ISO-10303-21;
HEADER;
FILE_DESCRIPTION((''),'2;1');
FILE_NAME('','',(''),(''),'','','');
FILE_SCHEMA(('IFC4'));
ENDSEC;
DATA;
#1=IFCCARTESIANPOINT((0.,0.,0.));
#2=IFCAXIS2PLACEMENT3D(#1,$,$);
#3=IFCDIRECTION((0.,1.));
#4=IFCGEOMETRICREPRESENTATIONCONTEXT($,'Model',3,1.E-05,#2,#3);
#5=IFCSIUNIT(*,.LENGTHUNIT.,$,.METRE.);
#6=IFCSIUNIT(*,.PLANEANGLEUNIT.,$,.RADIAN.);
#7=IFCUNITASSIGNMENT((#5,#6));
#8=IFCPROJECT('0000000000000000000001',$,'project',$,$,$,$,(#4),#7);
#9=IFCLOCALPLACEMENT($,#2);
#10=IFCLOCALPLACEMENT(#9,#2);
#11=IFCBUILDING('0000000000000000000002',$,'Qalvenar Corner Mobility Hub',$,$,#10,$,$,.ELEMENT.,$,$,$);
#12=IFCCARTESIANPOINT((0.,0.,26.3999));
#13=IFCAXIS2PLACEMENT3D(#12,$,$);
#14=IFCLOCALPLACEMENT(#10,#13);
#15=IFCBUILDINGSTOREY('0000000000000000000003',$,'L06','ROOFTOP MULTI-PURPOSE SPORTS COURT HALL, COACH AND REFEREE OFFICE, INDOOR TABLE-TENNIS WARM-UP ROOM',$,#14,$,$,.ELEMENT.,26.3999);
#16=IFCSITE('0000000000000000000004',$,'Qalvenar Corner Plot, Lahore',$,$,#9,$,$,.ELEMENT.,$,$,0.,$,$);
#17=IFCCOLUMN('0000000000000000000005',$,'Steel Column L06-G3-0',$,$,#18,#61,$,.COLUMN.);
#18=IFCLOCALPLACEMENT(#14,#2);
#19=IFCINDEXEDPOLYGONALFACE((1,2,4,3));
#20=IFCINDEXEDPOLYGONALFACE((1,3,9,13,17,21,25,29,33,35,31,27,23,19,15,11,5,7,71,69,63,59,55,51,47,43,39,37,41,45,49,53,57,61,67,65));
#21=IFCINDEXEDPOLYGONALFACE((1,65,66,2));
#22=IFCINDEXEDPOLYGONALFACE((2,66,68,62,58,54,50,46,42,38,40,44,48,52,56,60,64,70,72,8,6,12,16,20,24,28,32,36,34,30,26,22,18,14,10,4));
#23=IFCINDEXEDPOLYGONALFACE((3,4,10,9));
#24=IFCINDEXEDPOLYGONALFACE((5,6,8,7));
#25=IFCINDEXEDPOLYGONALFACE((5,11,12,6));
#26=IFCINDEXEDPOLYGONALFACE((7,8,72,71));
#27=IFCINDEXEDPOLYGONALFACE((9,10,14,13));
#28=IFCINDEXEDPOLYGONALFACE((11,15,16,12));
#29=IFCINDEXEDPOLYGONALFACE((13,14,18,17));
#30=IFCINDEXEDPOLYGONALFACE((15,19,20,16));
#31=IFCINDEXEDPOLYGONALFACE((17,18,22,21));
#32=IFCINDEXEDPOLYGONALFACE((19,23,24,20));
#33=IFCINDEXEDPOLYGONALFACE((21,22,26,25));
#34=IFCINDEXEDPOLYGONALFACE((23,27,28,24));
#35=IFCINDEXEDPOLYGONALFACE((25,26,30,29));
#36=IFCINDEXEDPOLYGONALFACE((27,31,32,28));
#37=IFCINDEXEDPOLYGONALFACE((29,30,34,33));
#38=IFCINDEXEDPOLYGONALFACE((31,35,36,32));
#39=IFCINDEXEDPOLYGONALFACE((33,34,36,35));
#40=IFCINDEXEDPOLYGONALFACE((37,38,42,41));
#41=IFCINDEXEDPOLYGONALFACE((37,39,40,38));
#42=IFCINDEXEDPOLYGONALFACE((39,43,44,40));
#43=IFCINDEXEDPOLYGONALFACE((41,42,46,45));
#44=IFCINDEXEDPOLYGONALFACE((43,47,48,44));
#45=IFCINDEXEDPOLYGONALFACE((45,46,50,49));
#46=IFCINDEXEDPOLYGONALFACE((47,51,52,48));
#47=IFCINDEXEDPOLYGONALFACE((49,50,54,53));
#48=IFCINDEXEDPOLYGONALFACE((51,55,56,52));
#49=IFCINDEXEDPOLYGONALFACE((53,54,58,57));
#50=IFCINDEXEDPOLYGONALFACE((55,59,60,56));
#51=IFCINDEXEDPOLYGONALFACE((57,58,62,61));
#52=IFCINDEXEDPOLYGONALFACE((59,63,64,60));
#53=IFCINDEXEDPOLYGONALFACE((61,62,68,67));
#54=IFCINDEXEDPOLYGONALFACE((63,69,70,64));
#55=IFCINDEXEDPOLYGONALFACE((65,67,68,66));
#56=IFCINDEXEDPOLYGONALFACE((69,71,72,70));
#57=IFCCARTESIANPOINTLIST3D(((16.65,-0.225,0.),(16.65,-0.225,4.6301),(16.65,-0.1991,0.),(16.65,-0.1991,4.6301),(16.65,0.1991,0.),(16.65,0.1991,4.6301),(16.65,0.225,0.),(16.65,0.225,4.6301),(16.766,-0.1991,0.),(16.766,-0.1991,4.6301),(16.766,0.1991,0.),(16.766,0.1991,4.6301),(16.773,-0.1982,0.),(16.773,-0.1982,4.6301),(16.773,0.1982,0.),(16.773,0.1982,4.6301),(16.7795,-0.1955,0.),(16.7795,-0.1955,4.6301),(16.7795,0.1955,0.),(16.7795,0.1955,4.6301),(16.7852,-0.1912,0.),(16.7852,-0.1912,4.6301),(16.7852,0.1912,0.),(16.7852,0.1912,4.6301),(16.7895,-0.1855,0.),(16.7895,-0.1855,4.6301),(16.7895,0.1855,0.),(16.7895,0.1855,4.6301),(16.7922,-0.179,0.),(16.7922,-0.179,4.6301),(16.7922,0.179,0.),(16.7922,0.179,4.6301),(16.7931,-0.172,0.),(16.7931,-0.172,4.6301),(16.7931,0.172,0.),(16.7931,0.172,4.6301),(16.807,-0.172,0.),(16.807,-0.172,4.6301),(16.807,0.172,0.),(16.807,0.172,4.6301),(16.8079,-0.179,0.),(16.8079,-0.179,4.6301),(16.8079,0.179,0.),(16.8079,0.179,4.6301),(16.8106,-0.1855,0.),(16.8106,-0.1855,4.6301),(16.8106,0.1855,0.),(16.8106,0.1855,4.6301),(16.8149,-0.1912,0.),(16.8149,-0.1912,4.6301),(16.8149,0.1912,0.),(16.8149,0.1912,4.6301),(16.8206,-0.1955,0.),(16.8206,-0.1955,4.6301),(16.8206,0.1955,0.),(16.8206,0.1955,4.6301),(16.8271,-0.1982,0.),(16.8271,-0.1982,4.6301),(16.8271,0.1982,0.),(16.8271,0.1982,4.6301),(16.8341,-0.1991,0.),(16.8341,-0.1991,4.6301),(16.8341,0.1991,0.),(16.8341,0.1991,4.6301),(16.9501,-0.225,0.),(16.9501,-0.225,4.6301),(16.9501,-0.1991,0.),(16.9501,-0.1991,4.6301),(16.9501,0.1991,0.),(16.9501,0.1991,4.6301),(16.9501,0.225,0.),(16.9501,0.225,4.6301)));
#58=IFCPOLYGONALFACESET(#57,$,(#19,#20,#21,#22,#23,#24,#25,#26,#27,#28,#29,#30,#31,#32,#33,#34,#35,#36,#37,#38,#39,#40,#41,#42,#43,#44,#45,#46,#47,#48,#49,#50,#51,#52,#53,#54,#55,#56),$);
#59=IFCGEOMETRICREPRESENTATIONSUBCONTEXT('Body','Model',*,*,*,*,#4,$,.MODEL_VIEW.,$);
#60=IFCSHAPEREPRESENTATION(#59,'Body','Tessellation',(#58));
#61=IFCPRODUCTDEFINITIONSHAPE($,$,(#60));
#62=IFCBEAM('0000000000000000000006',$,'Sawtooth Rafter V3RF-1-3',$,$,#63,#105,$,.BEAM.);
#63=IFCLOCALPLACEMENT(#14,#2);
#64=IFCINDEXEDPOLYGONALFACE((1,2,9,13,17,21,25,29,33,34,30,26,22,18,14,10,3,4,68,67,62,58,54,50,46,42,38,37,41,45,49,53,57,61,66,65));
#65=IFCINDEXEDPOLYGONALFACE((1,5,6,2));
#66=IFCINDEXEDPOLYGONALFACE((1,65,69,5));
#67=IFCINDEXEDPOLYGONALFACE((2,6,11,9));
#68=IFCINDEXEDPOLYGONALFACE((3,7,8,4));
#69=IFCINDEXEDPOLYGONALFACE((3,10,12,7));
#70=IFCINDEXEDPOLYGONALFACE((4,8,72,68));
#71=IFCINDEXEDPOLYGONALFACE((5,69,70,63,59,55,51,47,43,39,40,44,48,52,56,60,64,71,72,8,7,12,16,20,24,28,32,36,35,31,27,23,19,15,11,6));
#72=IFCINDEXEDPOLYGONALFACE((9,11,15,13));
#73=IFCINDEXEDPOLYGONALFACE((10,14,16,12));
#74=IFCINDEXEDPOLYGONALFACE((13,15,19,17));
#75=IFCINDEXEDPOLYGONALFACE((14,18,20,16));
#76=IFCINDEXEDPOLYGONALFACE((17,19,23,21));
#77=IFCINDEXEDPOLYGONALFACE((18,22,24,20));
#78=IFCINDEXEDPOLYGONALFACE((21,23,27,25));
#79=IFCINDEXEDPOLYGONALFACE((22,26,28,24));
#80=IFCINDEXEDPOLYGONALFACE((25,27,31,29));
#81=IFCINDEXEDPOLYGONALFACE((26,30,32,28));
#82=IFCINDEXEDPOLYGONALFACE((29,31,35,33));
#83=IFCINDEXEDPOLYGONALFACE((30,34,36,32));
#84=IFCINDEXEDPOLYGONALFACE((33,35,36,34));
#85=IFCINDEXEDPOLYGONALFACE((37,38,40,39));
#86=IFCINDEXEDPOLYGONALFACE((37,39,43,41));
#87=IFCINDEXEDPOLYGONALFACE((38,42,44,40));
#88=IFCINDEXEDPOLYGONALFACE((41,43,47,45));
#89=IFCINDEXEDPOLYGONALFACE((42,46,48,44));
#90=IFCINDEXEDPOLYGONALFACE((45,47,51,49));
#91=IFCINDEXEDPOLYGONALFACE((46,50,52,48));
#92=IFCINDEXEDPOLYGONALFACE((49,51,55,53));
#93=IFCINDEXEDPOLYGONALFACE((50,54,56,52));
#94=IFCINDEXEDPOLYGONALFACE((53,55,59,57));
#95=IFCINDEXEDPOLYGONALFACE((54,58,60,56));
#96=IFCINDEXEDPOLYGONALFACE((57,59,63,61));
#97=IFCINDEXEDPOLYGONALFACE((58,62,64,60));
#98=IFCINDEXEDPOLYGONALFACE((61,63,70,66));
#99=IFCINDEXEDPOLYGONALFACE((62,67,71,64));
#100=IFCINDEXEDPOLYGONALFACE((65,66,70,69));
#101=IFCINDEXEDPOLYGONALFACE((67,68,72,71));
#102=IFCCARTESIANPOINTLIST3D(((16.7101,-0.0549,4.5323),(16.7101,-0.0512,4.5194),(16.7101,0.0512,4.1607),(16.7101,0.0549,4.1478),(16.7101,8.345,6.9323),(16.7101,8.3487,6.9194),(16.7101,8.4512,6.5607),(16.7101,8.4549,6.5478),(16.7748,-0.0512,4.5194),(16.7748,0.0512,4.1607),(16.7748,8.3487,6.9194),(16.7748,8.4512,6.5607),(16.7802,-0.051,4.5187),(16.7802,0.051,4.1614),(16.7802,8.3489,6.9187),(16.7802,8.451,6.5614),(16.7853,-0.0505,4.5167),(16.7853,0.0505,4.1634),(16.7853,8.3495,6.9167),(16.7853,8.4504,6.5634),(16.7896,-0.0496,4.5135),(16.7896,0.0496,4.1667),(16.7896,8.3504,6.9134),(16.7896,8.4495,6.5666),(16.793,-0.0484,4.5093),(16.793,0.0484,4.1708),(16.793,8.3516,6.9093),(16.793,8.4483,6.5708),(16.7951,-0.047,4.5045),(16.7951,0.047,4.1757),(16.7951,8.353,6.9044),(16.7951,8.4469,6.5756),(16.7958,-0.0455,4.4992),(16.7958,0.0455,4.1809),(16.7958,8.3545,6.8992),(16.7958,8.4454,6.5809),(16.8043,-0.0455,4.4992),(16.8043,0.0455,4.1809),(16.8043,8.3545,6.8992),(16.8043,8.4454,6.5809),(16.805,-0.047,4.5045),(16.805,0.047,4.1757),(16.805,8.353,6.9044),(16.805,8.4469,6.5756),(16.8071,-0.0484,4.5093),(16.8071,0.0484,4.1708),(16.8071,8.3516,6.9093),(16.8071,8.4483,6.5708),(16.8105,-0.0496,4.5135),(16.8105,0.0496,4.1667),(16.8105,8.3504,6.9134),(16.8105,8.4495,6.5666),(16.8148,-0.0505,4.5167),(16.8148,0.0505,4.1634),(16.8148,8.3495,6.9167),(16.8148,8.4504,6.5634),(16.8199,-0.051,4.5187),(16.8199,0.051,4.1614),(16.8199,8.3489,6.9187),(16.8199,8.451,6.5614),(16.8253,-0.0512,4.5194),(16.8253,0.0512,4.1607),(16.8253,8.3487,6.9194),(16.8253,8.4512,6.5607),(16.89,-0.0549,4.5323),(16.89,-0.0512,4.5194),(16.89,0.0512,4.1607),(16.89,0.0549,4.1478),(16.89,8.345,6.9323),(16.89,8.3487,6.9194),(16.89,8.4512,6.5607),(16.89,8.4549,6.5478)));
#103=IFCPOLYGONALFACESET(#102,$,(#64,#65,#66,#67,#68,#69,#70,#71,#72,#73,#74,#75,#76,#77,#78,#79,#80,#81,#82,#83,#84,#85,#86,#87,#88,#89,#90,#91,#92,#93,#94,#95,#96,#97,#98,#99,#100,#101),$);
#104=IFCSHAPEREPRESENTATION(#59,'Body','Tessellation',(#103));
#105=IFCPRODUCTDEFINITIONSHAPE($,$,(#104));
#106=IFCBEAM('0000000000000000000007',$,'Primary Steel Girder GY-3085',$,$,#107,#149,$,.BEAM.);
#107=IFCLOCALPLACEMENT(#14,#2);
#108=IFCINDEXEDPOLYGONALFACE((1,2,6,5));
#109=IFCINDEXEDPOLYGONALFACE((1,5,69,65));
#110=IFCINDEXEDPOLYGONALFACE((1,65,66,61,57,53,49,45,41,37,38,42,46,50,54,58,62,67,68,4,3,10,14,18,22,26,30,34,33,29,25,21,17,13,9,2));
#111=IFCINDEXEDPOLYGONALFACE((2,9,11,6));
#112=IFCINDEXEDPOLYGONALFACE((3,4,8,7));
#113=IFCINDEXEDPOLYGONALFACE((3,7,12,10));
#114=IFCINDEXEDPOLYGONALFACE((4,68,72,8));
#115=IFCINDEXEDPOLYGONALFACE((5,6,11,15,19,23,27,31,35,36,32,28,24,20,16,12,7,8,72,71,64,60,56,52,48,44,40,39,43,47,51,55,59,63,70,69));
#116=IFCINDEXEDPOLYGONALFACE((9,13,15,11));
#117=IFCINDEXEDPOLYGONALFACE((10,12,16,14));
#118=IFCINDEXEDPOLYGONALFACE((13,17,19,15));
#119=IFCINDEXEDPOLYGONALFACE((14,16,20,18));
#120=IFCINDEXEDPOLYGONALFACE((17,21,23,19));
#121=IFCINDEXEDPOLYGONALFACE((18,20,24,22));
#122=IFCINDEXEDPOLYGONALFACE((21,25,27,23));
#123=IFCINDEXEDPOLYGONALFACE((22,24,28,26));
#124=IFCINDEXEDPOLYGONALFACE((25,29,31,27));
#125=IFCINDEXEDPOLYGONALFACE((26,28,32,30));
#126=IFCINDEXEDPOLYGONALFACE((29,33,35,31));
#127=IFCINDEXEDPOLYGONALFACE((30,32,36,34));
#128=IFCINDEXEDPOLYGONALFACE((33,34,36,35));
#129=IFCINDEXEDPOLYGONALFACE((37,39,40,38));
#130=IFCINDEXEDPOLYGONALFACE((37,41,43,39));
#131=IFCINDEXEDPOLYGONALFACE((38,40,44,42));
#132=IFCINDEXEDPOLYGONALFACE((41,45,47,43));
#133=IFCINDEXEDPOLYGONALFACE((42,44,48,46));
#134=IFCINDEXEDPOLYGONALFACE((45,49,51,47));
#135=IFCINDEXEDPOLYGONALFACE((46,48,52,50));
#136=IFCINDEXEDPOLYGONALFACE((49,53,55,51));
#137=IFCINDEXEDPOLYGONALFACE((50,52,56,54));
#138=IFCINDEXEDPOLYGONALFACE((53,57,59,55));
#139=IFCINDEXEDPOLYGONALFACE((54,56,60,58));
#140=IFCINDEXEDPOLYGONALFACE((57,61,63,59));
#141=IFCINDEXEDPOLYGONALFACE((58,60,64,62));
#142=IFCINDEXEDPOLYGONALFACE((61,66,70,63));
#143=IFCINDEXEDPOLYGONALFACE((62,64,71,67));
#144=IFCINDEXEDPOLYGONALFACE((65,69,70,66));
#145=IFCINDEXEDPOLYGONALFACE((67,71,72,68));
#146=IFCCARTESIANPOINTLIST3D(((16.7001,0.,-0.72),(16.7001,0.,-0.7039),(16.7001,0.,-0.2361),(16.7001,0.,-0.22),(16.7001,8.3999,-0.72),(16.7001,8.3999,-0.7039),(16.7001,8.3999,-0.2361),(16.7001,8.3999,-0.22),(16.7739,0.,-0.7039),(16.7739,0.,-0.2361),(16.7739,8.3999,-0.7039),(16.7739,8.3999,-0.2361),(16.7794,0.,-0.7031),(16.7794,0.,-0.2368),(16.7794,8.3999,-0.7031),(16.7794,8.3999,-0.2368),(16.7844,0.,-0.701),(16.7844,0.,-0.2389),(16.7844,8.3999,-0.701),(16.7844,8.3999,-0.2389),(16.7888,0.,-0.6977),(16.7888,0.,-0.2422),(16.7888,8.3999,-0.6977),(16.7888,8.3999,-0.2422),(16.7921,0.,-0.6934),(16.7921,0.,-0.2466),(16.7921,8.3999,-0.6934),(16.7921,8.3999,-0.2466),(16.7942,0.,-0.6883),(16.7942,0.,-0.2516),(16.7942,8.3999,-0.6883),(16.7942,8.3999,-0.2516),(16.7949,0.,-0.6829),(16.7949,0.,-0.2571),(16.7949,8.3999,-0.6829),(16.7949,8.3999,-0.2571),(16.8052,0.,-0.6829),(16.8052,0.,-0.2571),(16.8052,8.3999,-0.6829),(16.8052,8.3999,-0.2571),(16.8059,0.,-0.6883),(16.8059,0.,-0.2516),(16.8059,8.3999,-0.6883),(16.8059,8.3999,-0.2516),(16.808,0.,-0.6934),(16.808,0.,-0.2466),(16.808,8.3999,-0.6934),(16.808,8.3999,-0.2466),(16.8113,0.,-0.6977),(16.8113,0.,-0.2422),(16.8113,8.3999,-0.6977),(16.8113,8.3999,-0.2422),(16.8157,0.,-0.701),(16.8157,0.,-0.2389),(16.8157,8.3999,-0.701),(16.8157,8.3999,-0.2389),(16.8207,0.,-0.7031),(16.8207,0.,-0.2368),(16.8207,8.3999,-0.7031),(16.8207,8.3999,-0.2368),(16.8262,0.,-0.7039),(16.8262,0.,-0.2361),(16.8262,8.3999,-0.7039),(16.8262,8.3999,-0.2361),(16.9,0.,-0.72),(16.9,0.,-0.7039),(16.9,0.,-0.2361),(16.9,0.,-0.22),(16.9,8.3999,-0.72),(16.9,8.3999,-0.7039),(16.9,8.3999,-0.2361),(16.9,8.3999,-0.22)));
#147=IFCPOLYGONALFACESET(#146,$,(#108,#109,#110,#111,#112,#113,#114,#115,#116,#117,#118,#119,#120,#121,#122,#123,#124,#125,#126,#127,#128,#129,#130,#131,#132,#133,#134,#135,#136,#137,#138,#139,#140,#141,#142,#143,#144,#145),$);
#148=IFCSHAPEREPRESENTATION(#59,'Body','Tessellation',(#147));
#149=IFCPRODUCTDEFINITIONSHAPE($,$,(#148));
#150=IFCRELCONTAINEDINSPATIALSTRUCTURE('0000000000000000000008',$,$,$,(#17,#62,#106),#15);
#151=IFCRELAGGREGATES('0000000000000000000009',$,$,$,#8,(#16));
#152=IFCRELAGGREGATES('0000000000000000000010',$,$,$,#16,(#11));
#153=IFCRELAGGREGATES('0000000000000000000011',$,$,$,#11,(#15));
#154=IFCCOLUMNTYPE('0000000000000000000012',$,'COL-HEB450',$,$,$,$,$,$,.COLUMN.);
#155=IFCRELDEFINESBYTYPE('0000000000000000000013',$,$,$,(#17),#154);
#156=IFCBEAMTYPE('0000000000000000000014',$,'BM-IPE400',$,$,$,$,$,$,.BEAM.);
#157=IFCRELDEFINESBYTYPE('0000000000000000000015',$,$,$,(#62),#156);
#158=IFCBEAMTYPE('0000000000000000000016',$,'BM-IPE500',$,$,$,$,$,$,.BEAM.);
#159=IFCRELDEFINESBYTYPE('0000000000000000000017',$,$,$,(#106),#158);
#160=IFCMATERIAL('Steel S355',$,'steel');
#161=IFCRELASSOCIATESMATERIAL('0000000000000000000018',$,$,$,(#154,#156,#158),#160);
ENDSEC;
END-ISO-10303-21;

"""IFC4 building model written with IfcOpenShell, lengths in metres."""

from ifc_helpers import new_model, si_unit, direction, frame, origin, origin_2d, place, context, subcontext, project, spatial, i_section, extrude, material, material_profile, profile_set, type_object, element, save


model = new_model("IFC4")

# Units and contexts
model_context = context("Model", 3, precision=1e-05, world=origin(), true_north=direction((0.0, 1.0)))
body_context = subcontext(model_context, "Body", "Model", "MODEL_VIEW")
ifc_project = project(units=[si_unit("LENGTHUNIT", "METRE"), si_unit("PLANEANGLEUNIT", "RADIAN")], contexts=[model_context])

# Site, building, storey
site_placement = place(None, origin())
site = spatial("IfcSite", under=ifc_project, at=site_placement, Name="Qalvenar Corner Plot, Lahore", CompositionType="ELEMENT", RefElevation=0.0)
building_placement = place(site_placement, origin())
building = spatial("IfcBuilding", under=site, at=building_placement, Name="Qalvenar Corner Mobility Hub", CompositionType="ELEMENT")
storey_placement = place(building_placement, frame((0.0, 0.0, 26.3999)))
storey = spatial("IfcBuildingStorey", under=building, at=storey_placement, Name="L06", Description="ROOFTOP MULTI-PURPOSE SPORTS COURT HALL, COACH AND REFEREE OFFICE, INDOOR TABLE-TENNIS WARM-UP ROOM", CompositionType="ELEMENT", Elevation=26.3999)

# Column
ifc_material_1 = material(Name="Steel S355", Category="steel")
ifc_material_profile_1 = material_profile(ifc_material_1, i_section(OverallWidth=0.3, OverallDepth=0.45, WebThickness=0.0139, FlangeThickness=0.0259, FilletRadius=0.0271, at=origin_2d()), Name="HEB450")
ifc_profile_set_1 = profile_set([ifc_material_profile_1], Name="Steel S355")
column_type = type_object("IfcColumnType", Name="COL-HEB450", PredefinedType="COLUMN", material=ifc_profile_set_1)
column_placement = place(storey_placement, frame((16.8, 0.0, 0.0), z_axis=(0.0, 0.0, 1.0), x_axis=(1.0, 0.0, 0.0)))
element("IfcColumn", 1, at=column_placement, inside=storey, type_object=column_type, Name="Steel Column L06-G3-0", PredefinedType="COLUMN", context=body_context, shape_type="SweptSolid", body=[
    extrude(i_section(OverallWidth=0.3, OverallDepth=0.45, WebThickness=0.0139, FlangeThickness=0.0259, FilletRadius=0.0271, at=origin_2d()), origin(), (0.0, 0.0, 1.0), 4.6301),
])

# Beams
ifc_material_profile_2 = material_profile(ifc_material_1, i_section(OverallWidth=0.1799, OverallDepth=0.3999, WebThickness=0.0085, FlangeThickness=0.0134, FilletRadius=0.021, at=origin_2d()), Name="IPE400")
ifc_profile_set_2 = profile_set([ifc_material_profile_2], Name="Steel S355")
beam_type_1 = type_object("IfcBeamType", Name="BM-IPE400", PredefinedType="BEAM", material=ifc_profile_set_2)
beam_1_placement = place(storey_placement, frame((16.8, 0.0, 4.3401), z_axis=(0.0, 0.961526, 0.274714), x_axis=(-1.0, 0.0, 0.0)))
element("IfcBeam", 2, at=beam_1_placement, inside=storey, type_object=beam_type_1, Name="Sawtooth Rafter V3RF-1-3", PredefinedType="BEAM", context=body_context, shape_type="SweptSolid", body=[
    extrude(i_section(OverallWidth=0.1799, OverallDepth=0.3999, WebThickness=0.0085, FlangeThickness=0.0134, FilletRadius=0.021, at=origin_2d()), origin(), (0.0, 0.0, 1.0), 8.7361),
])
ifc_material_profile_3 = material_profile(ifc_material_1, i_section(OverallWidth=0.2, OverallDepth=0.5, WebThickness=0.0103, FlangeThickness=0.0161, FilletRadius=0.021, at=origin_2d()), Name="IPE500")
ifc_profile_set_3 = profile_set([ifc_material_profile_3], Name="Steel S355")
beam_type_2 = type_object("IfcBeamType", Name="BM-IPE500", PredefinedType="BEAM", material=ifc_profile_set_3)
beam_2_placement = place(storey_placement, frame((16.8, 0.0, -0.47), z_axis=(0.0, 1.0, 0.0), x_axis=(-1.0, 0.0, 0.0)))
element("IfcBeam", 3, at=beam_2_placement, inside=storey, type_object=beam_type_2, Name="Primary Steel Girder GY-3085", PredefinedType="BEAM", context=body_context, shape_type="SweptSolid", body=[
    extrude(i_section(OverallWidth=0.2, OverallDepth=0.5, WebThickness=0.0103, FlangeThickness=0.0161, FilletRadius=0.021, at=origin_2d()), origin(), (0.0, 0.0, 1.0), 8.3999),
])

save(model, "model.ifc")
